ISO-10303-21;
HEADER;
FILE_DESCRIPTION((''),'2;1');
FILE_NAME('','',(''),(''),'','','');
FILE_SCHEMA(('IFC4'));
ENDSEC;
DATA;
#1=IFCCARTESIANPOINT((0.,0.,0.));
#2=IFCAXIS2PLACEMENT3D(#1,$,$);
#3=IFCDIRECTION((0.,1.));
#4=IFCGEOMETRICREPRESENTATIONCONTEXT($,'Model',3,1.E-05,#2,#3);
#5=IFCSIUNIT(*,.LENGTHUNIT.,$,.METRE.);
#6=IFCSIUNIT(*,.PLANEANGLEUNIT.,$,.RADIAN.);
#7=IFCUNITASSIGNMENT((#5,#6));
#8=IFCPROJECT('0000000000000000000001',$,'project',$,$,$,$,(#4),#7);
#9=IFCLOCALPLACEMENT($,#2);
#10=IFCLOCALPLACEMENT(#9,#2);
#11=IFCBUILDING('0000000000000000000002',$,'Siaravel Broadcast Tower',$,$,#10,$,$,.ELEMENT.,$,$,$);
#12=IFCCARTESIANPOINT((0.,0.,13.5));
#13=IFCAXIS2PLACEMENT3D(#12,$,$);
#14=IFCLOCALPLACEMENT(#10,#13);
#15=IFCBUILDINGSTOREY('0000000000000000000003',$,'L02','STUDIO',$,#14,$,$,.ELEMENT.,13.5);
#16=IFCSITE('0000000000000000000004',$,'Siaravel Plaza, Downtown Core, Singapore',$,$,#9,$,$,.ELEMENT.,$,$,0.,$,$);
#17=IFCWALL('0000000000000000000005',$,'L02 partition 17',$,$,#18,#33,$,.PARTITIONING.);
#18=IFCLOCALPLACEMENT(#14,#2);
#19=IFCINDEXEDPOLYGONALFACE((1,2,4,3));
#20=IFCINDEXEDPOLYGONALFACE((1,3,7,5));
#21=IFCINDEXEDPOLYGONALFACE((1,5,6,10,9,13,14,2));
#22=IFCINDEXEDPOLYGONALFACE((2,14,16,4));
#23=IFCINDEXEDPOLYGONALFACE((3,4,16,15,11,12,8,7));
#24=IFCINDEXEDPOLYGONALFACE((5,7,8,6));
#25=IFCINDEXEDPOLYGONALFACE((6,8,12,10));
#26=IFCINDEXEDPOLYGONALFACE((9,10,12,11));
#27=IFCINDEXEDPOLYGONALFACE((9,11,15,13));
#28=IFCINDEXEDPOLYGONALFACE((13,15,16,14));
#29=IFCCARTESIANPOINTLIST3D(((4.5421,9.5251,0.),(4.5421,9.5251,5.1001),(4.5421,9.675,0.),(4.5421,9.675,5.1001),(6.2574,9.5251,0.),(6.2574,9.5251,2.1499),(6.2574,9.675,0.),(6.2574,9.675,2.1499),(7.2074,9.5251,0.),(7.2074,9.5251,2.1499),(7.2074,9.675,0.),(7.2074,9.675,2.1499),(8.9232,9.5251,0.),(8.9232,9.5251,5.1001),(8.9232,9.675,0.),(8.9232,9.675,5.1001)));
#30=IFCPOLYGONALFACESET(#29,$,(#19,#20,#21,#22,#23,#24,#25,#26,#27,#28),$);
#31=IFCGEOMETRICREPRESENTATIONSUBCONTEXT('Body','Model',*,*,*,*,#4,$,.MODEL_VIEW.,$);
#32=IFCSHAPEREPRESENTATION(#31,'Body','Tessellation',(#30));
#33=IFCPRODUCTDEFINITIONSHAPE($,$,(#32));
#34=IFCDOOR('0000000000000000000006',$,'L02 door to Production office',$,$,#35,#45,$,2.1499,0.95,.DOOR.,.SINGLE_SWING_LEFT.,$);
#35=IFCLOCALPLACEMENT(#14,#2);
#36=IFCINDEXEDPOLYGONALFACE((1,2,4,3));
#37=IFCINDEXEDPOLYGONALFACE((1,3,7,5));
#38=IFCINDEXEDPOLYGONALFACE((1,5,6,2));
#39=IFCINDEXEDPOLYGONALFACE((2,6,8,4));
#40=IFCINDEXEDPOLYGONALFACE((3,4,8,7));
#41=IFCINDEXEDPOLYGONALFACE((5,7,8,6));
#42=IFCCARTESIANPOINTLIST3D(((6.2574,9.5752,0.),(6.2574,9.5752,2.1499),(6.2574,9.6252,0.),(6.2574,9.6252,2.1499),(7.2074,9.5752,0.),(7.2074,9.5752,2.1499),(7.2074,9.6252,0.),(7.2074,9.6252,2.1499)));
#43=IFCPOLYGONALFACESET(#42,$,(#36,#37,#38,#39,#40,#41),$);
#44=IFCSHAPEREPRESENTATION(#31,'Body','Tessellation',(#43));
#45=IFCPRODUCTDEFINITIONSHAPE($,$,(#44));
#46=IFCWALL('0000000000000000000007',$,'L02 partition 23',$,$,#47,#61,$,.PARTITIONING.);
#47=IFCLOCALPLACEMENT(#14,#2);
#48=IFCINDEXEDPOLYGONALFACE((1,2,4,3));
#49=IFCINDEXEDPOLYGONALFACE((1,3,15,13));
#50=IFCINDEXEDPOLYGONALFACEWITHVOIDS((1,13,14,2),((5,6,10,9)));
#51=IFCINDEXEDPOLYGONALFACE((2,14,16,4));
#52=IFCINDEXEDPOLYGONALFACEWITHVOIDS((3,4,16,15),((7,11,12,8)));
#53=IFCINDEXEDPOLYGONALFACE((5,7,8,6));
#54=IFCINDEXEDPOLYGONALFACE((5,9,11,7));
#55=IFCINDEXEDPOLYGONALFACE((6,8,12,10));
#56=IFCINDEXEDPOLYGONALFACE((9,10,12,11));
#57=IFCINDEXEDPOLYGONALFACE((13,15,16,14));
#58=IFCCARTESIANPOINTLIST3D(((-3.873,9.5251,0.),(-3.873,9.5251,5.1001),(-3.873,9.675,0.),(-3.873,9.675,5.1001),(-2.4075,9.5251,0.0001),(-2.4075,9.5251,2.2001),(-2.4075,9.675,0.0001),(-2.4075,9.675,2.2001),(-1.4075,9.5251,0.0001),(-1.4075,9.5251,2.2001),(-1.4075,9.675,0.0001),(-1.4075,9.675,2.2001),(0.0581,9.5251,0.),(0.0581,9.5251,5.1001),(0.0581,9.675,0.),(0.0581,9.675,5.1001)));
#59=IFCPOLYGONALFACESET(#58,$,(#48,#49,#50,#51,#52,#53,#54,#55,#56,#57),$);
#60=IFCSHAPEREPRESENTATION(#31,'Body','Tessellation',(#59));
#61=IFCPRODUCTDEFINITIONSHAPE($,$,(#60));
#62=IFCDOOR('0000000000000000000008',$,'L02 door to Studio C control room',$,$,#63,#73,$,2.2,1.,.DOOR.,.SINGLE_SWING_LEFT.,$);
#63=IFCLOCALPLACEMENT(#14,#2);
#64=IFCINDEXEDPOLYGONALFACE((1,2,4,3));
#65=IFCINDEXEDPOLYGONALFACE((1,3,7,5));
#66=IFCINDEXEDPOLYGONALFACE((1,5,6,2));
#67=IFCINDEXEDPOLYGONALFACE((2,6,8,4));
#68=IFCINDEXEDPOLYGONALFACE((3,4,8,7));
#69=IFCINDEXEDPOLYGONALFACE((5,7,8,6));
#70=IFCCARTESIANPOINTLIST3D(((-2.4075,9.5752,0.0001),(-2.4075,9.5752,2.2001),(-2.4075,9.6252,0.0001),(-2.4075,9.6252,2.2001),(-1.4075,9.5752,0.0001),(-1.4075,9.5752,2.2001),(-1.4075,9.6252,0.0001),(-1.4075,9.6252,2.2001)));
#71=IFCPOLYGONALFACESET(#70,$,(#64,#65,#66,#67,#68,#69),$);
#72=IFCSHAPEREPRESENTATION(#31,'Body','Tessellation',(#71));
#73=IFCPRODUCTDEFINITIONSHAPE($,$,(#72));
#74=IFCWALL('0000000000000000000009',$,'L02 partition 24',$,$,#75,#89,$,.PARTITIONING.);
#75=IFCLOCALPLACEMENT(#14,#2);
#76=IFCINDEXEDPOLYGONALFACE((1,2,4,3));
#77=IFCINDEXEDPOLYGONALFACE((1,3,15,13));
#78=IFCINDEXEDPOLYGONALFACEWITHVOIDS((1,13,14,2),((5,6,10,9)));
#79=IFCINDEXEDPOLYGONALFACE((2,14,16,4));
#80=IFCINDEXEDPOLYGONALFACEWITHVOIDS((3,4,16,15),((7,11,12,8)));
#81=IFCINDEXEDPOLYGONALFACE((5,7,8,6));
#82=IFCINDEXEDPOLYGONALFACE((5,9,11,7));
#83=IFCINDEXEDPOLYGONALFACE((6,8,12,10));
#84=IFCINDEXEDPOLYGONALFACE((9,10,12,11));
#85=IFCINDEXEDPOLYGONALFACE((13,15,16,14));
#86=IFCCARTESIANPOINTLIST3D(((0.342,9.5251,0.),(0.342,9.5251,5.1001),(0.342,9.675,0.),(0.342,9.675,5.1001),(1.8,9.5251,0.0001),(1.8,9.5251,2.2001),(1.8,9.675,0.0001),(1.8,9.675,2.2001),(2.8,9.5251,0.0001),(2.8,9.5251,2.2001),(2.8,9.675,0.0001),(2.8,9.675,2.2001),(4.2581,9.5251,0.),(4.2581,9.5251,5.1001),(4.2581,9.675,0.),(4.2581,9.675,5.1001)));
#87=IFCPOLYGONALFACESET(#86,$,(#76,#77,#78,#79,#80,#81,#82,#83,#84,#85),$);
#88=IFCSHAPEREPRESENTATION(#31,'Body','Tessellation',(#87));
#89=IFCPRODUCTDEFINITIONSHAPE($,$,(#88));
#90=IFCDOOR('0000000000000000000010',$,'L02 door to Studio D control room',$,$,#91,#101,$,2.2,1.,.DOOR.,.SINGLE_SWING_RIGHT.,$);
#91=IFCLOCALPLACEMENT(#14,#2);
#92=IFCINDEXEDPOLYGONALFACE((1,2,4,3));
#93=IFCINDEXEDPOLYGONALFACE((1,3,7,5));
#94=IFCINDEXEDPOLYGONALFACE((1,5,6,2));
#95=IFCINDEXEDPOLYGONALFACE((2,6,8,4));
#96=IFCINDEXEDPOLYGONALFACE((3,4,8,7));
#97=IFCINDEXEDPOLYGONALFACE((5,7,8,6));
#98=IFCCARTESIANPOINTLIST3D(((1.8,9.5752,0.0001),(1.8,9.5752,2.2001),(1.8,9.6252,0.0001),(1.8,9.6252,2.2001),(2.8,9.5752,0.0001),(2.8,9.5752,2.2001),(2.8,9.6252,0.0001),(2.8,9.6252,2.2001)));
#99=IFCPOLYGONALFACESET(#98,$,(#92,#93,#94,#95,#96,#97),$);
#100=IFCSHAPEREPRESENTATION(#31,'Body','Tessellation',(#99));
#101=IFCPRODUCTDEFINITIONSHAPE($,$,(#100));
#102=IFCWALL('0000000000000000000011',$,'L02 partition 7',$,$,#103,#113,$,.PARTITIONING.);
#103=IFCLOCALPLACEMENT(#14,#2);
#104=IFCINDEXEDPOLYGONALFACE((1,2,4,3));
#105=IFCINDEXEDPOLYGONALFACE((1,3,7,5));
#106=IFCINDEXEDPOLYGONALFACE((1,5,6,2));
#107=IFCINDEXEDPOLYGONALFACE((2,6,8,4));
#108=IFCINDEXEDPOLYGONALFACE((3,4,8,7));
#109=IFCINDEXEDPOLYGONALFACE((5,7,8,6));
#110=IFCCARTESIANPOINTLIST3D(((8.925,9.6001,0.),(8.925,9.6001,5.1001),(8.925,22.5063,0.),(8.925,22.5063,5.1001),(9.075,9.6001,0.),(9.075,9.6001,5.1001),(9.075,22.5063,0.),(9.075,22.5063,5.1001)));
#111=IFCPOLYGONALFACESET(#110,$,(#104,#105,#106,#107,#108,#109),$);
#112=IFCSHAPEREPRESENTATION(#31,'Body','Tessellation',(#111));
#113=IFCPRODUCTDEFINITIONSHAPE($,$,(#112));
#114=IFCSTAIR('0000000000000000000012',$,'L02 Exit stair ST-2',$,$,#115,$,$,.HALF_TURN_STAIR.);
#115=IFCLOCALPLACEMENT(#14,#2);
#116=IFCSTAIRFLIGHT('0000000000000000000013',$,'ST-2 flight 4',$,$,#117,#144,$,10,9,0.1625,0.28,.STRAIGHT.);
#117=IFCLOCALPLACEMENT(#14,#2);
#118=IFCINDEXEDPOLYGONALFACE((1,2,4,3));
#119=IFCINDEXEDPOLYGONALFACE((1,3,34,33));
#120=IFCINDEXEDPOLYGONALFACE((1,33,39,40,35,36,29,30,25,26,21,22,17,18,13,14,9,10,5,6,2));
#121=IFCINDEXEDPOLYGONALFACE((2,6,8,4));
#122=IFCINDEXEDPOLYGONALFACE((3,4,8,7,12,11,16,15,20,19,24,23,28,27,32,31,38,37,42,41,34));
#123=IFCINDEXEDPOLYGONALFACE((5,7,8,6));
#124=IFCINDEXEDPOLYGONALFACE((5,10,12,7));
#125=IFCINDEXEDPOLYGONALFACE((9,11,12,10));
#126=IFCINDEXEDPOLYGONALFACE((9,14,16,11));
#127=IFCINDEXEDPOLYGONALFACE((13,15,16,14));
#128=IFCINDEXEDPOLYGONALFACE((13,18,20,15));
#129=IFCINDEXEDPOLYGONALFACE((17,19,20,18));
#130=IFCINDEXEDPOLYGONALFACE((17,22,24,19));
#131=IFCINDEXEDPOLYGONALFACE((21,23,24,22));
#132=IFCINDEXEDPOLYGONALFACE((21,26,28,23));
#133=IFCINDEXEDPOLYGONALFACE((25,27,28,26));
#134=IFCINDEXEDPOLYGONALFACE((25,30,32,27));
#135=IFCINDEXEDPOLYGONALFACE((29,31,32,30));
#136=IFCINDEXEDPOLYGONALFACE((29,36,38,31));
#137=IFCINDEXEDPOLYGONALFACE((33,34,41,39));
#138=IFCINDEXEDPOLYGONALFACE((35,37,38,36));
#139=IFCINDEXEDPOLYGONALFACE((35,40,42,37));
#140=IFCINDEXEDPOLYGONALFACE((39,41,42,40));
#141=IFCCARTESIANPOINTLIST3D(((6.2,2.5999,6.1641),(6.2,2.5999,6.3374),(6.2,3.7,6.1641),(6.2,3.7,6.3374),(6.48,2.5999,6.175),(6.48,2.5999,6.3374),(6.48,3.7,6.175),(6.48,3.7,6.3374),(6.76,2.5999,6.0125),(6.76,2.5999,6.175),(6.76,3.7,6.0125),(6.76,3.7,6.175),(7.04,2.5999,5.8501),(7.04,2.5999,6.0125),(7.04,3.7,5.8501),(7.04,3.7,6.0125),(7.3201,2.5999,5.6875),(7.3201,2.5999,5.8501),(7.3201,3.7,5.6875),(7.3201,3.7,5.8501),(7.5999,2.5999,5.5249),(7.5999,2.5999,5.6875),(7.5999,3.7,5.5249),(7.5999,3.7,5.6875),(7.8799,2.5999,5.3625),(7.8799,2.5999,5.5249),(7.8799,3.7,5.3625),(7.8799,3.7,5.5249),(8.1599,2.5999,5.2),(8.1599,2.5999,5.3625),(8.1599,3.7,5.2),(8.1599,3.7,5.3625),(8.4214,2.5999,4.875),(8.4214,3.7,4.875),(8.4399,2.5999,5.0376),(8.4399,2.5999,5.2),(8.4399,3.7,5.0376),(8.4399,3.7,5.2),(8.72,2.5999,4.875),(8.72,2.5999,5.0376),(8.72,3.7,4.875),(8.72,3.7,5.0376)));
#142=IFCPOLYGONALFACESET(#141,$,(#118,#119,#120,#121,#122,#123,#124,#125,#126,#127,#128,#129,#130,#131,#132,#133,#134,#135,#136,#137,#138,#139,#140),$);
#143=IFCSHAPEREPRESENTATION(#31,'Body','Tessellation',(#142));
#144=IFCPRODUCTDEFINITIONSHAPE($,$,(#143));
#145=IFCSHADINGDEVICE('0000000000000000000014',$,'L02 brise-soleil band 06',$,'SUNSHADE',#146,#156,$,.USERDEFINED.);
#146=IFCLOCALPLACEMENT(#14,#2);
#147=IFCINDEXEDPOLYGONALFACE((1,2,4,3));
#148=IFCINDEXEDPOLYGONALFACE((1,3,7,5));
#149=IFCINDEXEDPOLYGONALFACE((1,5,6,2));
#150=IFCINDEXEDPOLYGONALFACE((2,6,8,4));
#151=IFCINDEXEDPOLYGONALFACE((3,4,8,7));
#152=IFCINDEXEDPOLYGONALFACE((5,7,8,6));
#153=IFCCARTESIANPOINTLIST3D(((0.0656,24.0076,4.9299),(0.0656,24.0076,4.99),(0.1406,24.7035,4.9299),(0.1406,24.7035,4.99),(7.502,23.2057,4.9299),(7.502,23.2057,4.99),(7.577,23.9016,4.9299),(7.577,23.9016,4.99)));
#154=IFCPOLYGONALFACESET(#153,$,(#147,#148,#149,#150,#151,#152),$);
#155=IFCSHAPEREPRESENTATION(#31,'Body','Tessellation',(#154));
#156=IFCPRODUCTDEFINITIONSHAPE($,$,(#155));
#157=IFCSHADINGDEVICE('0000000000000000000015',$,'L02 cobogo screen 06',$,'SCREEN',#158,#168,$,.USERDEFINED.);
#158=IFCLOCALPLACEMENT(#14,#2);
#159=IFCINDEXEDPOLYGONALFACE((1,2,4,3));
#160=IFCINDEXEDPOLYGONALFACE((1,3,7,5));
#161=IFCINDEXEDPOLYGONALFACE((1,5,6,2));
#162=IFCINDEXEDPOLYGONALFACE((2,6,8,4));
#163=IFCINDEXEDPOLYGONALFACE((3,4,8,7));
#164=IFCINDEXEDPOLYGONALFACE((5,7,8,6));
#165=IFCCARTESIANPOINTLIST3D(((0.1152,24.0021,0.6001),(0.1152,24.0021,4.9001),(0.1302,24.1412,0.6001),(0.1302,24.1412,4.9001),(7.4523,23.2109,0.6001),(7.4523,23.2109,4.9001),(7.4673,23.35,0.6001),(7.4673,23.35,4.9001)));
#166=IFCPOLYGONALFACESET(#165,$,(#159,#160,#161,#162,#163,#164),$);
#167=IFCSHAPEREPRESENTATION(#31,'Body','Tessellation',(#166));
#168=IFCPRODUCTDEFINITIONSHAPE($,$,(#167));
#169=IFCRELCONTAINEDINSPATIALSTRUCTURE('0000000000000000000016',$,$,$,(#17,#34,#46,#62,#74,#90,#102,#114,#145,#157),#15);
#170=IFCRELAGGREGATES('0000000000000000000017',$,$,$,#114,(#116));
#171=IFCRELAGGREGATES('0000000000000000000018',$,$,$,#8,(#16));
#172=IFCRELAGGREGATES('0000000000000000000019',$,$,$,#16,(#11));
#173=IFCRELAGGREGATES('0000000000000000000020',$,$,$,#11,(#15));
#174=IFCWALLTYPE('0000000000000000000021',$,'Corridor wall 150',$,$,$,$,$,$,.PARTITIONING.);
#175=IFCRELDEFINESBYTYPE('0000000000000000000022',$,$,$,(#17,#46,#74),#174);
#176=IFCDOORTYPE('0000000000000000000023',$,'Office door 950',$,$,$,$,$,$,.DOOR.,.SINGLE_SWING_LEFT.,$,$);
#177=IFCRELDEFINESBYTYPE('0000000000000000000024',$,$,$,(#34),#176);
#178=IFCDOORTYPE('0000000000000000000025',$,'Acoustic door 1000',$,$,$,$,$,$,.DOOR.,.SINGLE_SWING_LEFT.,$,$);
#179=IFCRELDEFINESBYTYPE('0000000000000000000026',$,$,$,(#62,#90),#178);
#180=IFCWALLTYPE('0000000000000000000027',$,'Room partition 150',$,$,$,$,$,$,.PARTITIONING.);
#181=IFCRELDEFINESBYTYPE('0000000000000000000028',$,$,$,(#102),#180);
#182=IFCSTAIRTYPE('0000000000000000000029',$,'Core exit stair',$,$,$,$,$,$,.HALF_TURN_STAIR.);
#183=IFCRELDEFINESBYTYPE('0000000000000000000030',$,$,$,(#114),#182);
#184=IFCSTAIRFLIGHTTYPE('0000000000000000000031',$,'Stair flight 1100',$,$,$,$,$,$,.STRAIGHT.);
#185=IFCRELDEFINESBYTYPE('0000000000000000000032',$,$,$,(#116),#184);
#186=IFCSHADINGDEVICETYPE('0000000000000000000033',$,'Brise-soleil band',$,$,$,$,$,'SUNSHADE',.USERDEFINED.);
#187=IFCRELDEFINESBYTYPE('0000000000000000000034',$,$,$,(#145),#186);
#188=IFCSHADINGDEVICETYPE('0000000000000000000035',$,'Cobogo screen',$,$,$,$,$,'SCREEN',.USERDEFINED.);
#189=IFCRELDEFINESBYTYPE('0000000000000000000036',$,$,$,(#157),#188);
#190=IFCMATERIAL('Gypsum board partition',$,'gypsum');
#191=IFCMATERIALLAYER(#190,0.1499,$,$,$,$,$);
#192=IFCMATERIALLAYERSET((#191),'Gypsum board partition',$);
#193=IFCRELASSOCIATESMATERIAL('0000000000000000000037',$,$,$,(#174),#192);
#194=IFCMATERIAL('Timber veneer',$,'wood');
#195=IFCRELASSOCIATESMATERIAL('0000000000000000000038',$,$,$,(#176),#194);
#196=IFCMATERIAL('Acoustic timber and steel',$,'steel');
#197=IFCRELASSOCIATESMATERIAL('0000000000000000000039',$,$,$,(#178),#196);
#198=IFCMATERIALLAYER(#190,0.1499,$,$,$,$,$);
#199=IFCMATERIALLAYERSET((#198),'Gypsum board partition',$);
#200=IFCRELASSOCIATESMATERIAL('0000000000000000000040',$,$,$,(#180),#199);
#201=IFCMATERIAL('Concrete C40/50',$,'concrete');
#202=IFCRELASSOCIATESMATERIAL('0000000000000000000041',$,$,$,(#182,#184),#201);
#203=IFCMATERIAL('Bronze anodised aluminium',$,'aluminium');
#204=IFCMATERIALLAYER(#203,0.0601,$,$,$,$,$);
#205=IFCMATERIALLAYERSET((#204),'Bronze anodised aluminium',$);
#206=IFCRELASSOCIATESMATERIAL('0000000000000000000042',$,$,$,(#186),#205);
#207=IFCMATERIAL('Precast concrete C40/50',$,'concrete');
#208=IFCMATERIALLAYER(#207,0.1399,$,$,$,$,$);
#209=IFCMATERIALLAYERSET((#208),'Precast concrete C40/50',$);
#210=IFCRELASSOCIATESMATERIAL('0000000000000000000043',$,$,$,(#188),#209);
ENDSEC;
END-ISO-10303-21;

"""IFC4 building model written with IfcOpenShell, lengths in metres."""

from ifc_helpers import new_model, si_unit, direction, frame, frame_2d, origin, origin_2d, place, context, subcontext, project, spatial, polyline, rectangle, outline, extrude, material, layer, layer_set, type_object, element, fill, aggregate, save


model = new_model("IFC4")

# Units and contexts
model_context = context("Model", 3, precision=1e-05, world=origin(), true_north=direction((0.0, 1.0)))
body_context = subcontext(model_context, "Body", "Model", "MODEL_VIEW")
ifc_project = project(units=[si_unit("LENGTHUNIT", "METRE"), si_unit("PLANEANGLEUNIT", "RADIAN")], contexts=[model_context])

# Site, building, storey
site_placement = place(None, origin())
site = spatial("IfcSite", under=ifc_project, at=site_placement, Name="Siaravel Plaza, Downtown Core, Singapore", CompositionType="ELEMENT", RefElevation=0.0)
building_placement = place(site_placement, origin())
building = spatial("IfcBuilding", under=site, at=building_placement, Name="Siaravel Broadcast Tower", CompositionType="ELEMENT")
storey_placement = place(building_placement, frame((0.0, 0.0, 13.5)))
storey = spatial("IfcBuildingStorey", under=building, at=storey_placement, Name="L02", Description="STUDIO", CompositionType="ELEMENT", Elevation=13.5)

# Shared definitions
ifc_material_1 = material(Name="Concrete C40/50", Category="concrete")

# Walls, openings, doors
ifc_material_2 = material(Name="Gypsum board partition", Category="gypsum")
ifc_layer_1 = layer(ifc_material_2, 0.1499)
ifc_layer_set_1 = layer_set([ifc_layer_1], Name="Gypsum board partition")
wall_type_1 = type_object("IfcWallType", Name="Corridor wall 150", PredefinedType="PARTITIONING", material=ifc_layer_set_1)
wall_1_placement = place(storey_placement, frame((8.9231, 9.6001, 0.0), z_axis=(0.0, 0.0, 1.0), x_axis=(-1.0, 0.0, 0.0)))
wall_1 = element("IfcWall", 1, at=wall_1_placement, inside=storey, type_object=wall_type_1, Name="L02 partition 17", PredefinedType="PARTITIONING", context=body_context, shape_type="SweptSolid", body=[
    extrude(rectangle(XDim=4.3811, YDim=0.1499, at=frame_2d((2.1904, 0.0))), origin(), (0.0, 0.0, 1.0), 5.1001),
])
opening_1_placement = place(wall_1_placement, frame((1.7156, 0.0, 0.0)))
opening_1 = element("IfcOpeningElement", 2, at=opening_1_placement, cuts=wall_1, PredefinedType="OPENING", context=body_context, shape_type="SweptSolid", body=[
    extrude(rectangle(XDim=0.95, YDim=2.1499, at=frame_2d((0.4751, 1.075))), frame((0.0, 0.085, 0.0), z_axis=(0.0, -1.0, 0.0), x_axis=(1.0, 0.0, 0.0)), (0.0, 0.0, 1.0), 0.1699),
])
ifc_material_3 = material(Name="Timber veneer", Category="wood")
door_type_1 = type_object("IfcDoorType", Name="Office door 950", OperationType="SINGLE_SWING_LEFT", PredefinedType="DOOR", material=ifc_material_3)
door_1_placement = place(opening_1_placement, origin())
door_1 = element("IfcDoor", 3, at=door_1_placement, inside=storey, type_object=door_type_1, Name="L02 door to Production office", OperationType="SINGLE_SWING_LEFT", OverallHeight=2.1499, OverallWidth=0.95, PredefinedType="DOOR", context=body_context, shape_type="SweptSolid", body=[
    extrude(rectangle(XDim=0.95, YDim=2.1499, at=frame_2d((0.4751, 1.075))), frame((0.0, 0.0249, 0.0), z_axis=(0.0, -1.0, 0.0), x_axis=(1.0, 0.0, 0.0)), (0.0, 0.0, 1.0), 0.05),
])
fill(opening_1, door_1)
wall_2_placement = place(storey_placement, frame((0.0581, 9.6001, 0.0), z_axis=(0.0, 0.0, 1.0), x_axis=(-1.0, 0.0, 0.0)))
wall_2 = element("IfcWall", 4, at=wall_2_placement, inside=storey, type_object=wall_type_1, Name="L02 partition 23", PredefinedType="PARTITIONING", context=body_context, shape_type="SweptSolid", body=[
    extrude(rectangle(XDim=3.9312, YDim=0.1499, at=frame_2d((1.9656, 0.0))), origin(), (0.0, 0.0, 1.0), 5.1001),
])
opening_2_placement = place(wall_2_placement, frame((1.4656, 0.0, 0.0)))
opening_2 = element("IfcOpeningElement", 5, at=opening_2_placement, cuts=wall_2, PredefinedType="OPENING", context=body_context, shape_type="SweptSolid", body=[
    extrude(rectangle(XDim=1.0, YDim=2.2, at=frame_2d((0.5, 1.1001))), frame((0.0, 0.085, 0.0), z_axis=(0.0, -1.0, 0.0), x_axis=(1.0, 0.0, 0.0)), (0.0, 0.0, 1.0), 0.1699),
])
ifc_material_4 = material(Name="Acoustic timber and steel", Category="steel")
door_type_2 = type_object("IfcDoorType", Name="Acoustic door 1000", OperationType="SINGLE_SWING_LEFT", PredefinedType="DOOR", material=ifc_material_4)
door_2_placement = place(opening_2_placement, origin())
door_2 = element("IfcDoor", 6, at=door_2_placement, inside=storey, type_object=door_type_2, Name="L02 door to Studio C control room", OperationType="SINGLE_SWING_LEFT", OverallHeight=2.2, OverallWidth=1.0, PredefinedType="DOOR", context=body_context, shape_type="SweptSolid", body=[
    extrude(rectangle(XDim=1.0, YDim=2.2, at=frame_2d((0.5, 1.1001))), frame((0.0, 0.0249, 0.0), z_axis=(0.0, -1.0, 0.0), x_axis=(1.0, 0.0, 0.0)), (0.0, 0.0, 1.0), 0.05),
])
fill(opening_2, door_2)
wall_3_placement = place(storey_placement, frame((4.2581, 9.6001, 0.0), z_axis=(0.0, 0.0, 1.0), x_axis=(-1.0, 0.0, 0.0)))
wall_3 = element("IfcWall", 7, at=wall_3_placement, inside=storey, type_object=wall_type_1, Name="L02 partition 24", PredefinedType="PARTITIONING", context=body_context, shape_type="SweptSolid", body=[
    extrude(rectangle(XDim=3.916, YDim=0.1499, at=frame_2d((1.958, 0.0))), origin(), (0.0, 0.0, 1.0), 5.1001),
])
opening_3_placement = place(wall_3_placement, frame((1.458, 0.0, 0.0)))
opening_3 = element("IfcOpeningElement", 8, at=opening_3_placement, cuts=wall_3, PredefinedType="OPENING", context=body_context, shape_type="SweptSolid", body=[
    extrude(rectangle(XDim=1.0, YDim=2.2, at=frame_2d((0.5, 1.1001))), frame((0.0, 0.085, 0.0), z_axis=(0.0, -1.0, 0.0), x_axis=(1.0, 0.0, 0.0)), (0.0, 0.0, 1.0), 0.1699),
])
door_3_placement = place(opening_3_placement, origin())
door_3 = element("IfcDoor", 9, at=door_3_placement, inside=storey, type_object=door_type_2, Name="L02 door to Studio D control room", OperationType="SINGLE_SWING_RIGHT", OverallHeight=2.2, OverallWidth=1.0, PredefinedType="DOOR", context=body_context, shape_type="SweptSolid", body=[
    extrude(rectangle(XDim=1.0, YDim=2.2, at=frame_2d((0.5, 1.1001))), frame((0.0, 0.0249, 0.0), z_axis=(0.0, -1.0, 0.0), x_axis=(1.0, 0.0, 0.0)), (0.0, 0.0, 1.0), 0.05),
])
fill(opening_3, door_3)

# Wall
ifc_layer_2 = layer(ifc_material_2, 0.1499)
ifc_layer_set_2 = layer_set([ifc_layer_2], Name="Gypsum board partition")
wall_type_2 = type_object("IfcWallType", Name="Room partition 150", PredefinedType="PARTITIONING", material=ifc_layer_set_2)
wall_4_placement = place(storey_placement, frame((9.0, 9.6001, 0.0), z_axis=(0.0, 0.0, 1.0), x_axis=(0.0, 1.0, 0.0)))
element("IfcWall", 10, at=wall_4_placement, inside=storey, type_object=wall_type_2, Name="L02 partition 7", PredefinedType="PARTITIONING", context=body_context, shape_type="SweptSolid", body=[
    extrude(rectangle(XDim=12.9062, YDim=0.1499, at=frame_2d((6.4531, 0.0))), origin(), (0.0, 0.0, 1.0), 5.1001),
])

# Stair, stair flight
stair_type = type_object("IfcStairType", Name="Core exit stair", PredefinedType="HALF_TURN_STAIR", material=ifc_material_1)
stair_placement = place(storey_placement, origin())
stair = element("IfcStair", 11, at=stair_placement, inside=storey, type_object=stair_type, Name="L02 Exit stair ST-2", PredefinedType="HALF_TURN_STAIR")
stair_flight_type = type_object("IfcStairFlightType", Name="Stair flight 1100", PredefinedType="STRAIGHT", material=ifc_material_1)
stair_flight_placement = place(storey_placement, frame((8.72, 3.1499, 4.875), z_axis=(0.0, 0.0, 1.0), x_axis=(-1.0, 0.0, 0.0)))
stair_flight = element("IfcStairFlight", 12, at=stair_flight_placement, type_object=stair_flight_type, Name="ST-2 flight 4", NumberOfRisers=10, NumberOfTreads=9, PredefinedType="STRAIGHT", RiserHeight=0.1625, TreadLength=0.28, context=body_context, shape_type="SweptSolid", body=[
    extrude(outline(polyline([(0.0, 0.0), (0.0, 0.1626), (0.28, 0.1626), (0.28, 0.325), (0.5601, 0.325), (0.5601, 0.4875), (0.8401, 0.4875), (0.8401, 0.6499), (1.1201, 0.6499), (1.1201, 0.8125), (1.3999, 0.8125), (1.3999, 0.9751), (1.6799, 0.9751), (1.6799, 1.1375), (1.96, 1.1375), (1.96, 1.3), (2.24, 1.3), (2.24, 1.4624), (2.52, 1.4624), (2.52, 1.625), (2.52, 1.2891), (0.2986, 0.0), (0.0, 0.0)])), frame((0.0, 0.55, 0.0), z_axis=(0.0, -1.0, 0.0), x_axis=(1.0, 0.0, 0.0)), (0.0, 0.0, 1.0), 1.1001),
])
aggregate(stair, [stair_flight])

# Shading devices
ifc_material_5 = material(Name="Bronze anodised aluminium", Category="aluminium")
ifc_layer_3 = layer(ifc_material_5, 0.0601)
ifc_layer_set_3 = layer_set([ifc_layer_3], Name="Bronze anodised aluminium")
shading_device_type_1 = type_object("IfcShadingDeviceType", Name="Brise-soleil band", ElementType="SUNSHADE", PredefinedType="USERDEFINED", material=ifc_layer_set_3)
shading_device_1_placement = place(storey_placement, frame((3.8213, 23.9546, 4.9299), z_axis=(0.0, 0.0, 1.0), x_axis=(-0.994236, 0.107217, 0.0)))
element("IfcShadingDevice", 13, at=shading_device_1_placement, inside=storey, type_object=shading_device_type_1, Name="L02 brise-soleil band 06", ObjectType="SUNSHADE", PredefinedType="USERDEFINED", context=body_context, shape_type="SweptSolid", body=[
    extrude(rectangle(XDim=7.4795, YDim=0.7, at=origin_2d()), origin(), (0.0, 0.0, 1.0), 0.0601),
])
ifc_material_6 = material(Name="Precast concrete C40/50", Category="concrete")
ifc_layer_4 = layer(ifc_material_6, 0.1399)
ifc_layer_set_4 = layer_set([ifc_layer_4], Name="Precast concrete C40/50")
shading_device_type_2 = type_object("IfcShadingDeviceType", Name="Cobogo screen", ElementType="SCREEN", PredefinedType="USERDEFINED", material=ifc_layer_set_4)
shading_device_2_placement = place(storey_placement, frame((3.7913, 23.676, 0.6001), z_axis=(0.0, 0.0, 1.0), x_axis=(-0.994236, 0.107217, 0.0)))
element("IfcShadingDevice", 14, at=shading_device_2_placement, inside=storey, type_object=shading_device_type_2, Name="L02 cobogo screen 06", ObjectType="SCREEN", PredefinedType="USERDEFINED", context=body_context, shape_type="SweptSolid", body=[
    extrude(rectangle(XDim=7.3796, YDim=0.1399, at=origin_2d()), origin(), (0.0, 0.0, 1.0), 4.3),
])

save(model, "model.ifc")
